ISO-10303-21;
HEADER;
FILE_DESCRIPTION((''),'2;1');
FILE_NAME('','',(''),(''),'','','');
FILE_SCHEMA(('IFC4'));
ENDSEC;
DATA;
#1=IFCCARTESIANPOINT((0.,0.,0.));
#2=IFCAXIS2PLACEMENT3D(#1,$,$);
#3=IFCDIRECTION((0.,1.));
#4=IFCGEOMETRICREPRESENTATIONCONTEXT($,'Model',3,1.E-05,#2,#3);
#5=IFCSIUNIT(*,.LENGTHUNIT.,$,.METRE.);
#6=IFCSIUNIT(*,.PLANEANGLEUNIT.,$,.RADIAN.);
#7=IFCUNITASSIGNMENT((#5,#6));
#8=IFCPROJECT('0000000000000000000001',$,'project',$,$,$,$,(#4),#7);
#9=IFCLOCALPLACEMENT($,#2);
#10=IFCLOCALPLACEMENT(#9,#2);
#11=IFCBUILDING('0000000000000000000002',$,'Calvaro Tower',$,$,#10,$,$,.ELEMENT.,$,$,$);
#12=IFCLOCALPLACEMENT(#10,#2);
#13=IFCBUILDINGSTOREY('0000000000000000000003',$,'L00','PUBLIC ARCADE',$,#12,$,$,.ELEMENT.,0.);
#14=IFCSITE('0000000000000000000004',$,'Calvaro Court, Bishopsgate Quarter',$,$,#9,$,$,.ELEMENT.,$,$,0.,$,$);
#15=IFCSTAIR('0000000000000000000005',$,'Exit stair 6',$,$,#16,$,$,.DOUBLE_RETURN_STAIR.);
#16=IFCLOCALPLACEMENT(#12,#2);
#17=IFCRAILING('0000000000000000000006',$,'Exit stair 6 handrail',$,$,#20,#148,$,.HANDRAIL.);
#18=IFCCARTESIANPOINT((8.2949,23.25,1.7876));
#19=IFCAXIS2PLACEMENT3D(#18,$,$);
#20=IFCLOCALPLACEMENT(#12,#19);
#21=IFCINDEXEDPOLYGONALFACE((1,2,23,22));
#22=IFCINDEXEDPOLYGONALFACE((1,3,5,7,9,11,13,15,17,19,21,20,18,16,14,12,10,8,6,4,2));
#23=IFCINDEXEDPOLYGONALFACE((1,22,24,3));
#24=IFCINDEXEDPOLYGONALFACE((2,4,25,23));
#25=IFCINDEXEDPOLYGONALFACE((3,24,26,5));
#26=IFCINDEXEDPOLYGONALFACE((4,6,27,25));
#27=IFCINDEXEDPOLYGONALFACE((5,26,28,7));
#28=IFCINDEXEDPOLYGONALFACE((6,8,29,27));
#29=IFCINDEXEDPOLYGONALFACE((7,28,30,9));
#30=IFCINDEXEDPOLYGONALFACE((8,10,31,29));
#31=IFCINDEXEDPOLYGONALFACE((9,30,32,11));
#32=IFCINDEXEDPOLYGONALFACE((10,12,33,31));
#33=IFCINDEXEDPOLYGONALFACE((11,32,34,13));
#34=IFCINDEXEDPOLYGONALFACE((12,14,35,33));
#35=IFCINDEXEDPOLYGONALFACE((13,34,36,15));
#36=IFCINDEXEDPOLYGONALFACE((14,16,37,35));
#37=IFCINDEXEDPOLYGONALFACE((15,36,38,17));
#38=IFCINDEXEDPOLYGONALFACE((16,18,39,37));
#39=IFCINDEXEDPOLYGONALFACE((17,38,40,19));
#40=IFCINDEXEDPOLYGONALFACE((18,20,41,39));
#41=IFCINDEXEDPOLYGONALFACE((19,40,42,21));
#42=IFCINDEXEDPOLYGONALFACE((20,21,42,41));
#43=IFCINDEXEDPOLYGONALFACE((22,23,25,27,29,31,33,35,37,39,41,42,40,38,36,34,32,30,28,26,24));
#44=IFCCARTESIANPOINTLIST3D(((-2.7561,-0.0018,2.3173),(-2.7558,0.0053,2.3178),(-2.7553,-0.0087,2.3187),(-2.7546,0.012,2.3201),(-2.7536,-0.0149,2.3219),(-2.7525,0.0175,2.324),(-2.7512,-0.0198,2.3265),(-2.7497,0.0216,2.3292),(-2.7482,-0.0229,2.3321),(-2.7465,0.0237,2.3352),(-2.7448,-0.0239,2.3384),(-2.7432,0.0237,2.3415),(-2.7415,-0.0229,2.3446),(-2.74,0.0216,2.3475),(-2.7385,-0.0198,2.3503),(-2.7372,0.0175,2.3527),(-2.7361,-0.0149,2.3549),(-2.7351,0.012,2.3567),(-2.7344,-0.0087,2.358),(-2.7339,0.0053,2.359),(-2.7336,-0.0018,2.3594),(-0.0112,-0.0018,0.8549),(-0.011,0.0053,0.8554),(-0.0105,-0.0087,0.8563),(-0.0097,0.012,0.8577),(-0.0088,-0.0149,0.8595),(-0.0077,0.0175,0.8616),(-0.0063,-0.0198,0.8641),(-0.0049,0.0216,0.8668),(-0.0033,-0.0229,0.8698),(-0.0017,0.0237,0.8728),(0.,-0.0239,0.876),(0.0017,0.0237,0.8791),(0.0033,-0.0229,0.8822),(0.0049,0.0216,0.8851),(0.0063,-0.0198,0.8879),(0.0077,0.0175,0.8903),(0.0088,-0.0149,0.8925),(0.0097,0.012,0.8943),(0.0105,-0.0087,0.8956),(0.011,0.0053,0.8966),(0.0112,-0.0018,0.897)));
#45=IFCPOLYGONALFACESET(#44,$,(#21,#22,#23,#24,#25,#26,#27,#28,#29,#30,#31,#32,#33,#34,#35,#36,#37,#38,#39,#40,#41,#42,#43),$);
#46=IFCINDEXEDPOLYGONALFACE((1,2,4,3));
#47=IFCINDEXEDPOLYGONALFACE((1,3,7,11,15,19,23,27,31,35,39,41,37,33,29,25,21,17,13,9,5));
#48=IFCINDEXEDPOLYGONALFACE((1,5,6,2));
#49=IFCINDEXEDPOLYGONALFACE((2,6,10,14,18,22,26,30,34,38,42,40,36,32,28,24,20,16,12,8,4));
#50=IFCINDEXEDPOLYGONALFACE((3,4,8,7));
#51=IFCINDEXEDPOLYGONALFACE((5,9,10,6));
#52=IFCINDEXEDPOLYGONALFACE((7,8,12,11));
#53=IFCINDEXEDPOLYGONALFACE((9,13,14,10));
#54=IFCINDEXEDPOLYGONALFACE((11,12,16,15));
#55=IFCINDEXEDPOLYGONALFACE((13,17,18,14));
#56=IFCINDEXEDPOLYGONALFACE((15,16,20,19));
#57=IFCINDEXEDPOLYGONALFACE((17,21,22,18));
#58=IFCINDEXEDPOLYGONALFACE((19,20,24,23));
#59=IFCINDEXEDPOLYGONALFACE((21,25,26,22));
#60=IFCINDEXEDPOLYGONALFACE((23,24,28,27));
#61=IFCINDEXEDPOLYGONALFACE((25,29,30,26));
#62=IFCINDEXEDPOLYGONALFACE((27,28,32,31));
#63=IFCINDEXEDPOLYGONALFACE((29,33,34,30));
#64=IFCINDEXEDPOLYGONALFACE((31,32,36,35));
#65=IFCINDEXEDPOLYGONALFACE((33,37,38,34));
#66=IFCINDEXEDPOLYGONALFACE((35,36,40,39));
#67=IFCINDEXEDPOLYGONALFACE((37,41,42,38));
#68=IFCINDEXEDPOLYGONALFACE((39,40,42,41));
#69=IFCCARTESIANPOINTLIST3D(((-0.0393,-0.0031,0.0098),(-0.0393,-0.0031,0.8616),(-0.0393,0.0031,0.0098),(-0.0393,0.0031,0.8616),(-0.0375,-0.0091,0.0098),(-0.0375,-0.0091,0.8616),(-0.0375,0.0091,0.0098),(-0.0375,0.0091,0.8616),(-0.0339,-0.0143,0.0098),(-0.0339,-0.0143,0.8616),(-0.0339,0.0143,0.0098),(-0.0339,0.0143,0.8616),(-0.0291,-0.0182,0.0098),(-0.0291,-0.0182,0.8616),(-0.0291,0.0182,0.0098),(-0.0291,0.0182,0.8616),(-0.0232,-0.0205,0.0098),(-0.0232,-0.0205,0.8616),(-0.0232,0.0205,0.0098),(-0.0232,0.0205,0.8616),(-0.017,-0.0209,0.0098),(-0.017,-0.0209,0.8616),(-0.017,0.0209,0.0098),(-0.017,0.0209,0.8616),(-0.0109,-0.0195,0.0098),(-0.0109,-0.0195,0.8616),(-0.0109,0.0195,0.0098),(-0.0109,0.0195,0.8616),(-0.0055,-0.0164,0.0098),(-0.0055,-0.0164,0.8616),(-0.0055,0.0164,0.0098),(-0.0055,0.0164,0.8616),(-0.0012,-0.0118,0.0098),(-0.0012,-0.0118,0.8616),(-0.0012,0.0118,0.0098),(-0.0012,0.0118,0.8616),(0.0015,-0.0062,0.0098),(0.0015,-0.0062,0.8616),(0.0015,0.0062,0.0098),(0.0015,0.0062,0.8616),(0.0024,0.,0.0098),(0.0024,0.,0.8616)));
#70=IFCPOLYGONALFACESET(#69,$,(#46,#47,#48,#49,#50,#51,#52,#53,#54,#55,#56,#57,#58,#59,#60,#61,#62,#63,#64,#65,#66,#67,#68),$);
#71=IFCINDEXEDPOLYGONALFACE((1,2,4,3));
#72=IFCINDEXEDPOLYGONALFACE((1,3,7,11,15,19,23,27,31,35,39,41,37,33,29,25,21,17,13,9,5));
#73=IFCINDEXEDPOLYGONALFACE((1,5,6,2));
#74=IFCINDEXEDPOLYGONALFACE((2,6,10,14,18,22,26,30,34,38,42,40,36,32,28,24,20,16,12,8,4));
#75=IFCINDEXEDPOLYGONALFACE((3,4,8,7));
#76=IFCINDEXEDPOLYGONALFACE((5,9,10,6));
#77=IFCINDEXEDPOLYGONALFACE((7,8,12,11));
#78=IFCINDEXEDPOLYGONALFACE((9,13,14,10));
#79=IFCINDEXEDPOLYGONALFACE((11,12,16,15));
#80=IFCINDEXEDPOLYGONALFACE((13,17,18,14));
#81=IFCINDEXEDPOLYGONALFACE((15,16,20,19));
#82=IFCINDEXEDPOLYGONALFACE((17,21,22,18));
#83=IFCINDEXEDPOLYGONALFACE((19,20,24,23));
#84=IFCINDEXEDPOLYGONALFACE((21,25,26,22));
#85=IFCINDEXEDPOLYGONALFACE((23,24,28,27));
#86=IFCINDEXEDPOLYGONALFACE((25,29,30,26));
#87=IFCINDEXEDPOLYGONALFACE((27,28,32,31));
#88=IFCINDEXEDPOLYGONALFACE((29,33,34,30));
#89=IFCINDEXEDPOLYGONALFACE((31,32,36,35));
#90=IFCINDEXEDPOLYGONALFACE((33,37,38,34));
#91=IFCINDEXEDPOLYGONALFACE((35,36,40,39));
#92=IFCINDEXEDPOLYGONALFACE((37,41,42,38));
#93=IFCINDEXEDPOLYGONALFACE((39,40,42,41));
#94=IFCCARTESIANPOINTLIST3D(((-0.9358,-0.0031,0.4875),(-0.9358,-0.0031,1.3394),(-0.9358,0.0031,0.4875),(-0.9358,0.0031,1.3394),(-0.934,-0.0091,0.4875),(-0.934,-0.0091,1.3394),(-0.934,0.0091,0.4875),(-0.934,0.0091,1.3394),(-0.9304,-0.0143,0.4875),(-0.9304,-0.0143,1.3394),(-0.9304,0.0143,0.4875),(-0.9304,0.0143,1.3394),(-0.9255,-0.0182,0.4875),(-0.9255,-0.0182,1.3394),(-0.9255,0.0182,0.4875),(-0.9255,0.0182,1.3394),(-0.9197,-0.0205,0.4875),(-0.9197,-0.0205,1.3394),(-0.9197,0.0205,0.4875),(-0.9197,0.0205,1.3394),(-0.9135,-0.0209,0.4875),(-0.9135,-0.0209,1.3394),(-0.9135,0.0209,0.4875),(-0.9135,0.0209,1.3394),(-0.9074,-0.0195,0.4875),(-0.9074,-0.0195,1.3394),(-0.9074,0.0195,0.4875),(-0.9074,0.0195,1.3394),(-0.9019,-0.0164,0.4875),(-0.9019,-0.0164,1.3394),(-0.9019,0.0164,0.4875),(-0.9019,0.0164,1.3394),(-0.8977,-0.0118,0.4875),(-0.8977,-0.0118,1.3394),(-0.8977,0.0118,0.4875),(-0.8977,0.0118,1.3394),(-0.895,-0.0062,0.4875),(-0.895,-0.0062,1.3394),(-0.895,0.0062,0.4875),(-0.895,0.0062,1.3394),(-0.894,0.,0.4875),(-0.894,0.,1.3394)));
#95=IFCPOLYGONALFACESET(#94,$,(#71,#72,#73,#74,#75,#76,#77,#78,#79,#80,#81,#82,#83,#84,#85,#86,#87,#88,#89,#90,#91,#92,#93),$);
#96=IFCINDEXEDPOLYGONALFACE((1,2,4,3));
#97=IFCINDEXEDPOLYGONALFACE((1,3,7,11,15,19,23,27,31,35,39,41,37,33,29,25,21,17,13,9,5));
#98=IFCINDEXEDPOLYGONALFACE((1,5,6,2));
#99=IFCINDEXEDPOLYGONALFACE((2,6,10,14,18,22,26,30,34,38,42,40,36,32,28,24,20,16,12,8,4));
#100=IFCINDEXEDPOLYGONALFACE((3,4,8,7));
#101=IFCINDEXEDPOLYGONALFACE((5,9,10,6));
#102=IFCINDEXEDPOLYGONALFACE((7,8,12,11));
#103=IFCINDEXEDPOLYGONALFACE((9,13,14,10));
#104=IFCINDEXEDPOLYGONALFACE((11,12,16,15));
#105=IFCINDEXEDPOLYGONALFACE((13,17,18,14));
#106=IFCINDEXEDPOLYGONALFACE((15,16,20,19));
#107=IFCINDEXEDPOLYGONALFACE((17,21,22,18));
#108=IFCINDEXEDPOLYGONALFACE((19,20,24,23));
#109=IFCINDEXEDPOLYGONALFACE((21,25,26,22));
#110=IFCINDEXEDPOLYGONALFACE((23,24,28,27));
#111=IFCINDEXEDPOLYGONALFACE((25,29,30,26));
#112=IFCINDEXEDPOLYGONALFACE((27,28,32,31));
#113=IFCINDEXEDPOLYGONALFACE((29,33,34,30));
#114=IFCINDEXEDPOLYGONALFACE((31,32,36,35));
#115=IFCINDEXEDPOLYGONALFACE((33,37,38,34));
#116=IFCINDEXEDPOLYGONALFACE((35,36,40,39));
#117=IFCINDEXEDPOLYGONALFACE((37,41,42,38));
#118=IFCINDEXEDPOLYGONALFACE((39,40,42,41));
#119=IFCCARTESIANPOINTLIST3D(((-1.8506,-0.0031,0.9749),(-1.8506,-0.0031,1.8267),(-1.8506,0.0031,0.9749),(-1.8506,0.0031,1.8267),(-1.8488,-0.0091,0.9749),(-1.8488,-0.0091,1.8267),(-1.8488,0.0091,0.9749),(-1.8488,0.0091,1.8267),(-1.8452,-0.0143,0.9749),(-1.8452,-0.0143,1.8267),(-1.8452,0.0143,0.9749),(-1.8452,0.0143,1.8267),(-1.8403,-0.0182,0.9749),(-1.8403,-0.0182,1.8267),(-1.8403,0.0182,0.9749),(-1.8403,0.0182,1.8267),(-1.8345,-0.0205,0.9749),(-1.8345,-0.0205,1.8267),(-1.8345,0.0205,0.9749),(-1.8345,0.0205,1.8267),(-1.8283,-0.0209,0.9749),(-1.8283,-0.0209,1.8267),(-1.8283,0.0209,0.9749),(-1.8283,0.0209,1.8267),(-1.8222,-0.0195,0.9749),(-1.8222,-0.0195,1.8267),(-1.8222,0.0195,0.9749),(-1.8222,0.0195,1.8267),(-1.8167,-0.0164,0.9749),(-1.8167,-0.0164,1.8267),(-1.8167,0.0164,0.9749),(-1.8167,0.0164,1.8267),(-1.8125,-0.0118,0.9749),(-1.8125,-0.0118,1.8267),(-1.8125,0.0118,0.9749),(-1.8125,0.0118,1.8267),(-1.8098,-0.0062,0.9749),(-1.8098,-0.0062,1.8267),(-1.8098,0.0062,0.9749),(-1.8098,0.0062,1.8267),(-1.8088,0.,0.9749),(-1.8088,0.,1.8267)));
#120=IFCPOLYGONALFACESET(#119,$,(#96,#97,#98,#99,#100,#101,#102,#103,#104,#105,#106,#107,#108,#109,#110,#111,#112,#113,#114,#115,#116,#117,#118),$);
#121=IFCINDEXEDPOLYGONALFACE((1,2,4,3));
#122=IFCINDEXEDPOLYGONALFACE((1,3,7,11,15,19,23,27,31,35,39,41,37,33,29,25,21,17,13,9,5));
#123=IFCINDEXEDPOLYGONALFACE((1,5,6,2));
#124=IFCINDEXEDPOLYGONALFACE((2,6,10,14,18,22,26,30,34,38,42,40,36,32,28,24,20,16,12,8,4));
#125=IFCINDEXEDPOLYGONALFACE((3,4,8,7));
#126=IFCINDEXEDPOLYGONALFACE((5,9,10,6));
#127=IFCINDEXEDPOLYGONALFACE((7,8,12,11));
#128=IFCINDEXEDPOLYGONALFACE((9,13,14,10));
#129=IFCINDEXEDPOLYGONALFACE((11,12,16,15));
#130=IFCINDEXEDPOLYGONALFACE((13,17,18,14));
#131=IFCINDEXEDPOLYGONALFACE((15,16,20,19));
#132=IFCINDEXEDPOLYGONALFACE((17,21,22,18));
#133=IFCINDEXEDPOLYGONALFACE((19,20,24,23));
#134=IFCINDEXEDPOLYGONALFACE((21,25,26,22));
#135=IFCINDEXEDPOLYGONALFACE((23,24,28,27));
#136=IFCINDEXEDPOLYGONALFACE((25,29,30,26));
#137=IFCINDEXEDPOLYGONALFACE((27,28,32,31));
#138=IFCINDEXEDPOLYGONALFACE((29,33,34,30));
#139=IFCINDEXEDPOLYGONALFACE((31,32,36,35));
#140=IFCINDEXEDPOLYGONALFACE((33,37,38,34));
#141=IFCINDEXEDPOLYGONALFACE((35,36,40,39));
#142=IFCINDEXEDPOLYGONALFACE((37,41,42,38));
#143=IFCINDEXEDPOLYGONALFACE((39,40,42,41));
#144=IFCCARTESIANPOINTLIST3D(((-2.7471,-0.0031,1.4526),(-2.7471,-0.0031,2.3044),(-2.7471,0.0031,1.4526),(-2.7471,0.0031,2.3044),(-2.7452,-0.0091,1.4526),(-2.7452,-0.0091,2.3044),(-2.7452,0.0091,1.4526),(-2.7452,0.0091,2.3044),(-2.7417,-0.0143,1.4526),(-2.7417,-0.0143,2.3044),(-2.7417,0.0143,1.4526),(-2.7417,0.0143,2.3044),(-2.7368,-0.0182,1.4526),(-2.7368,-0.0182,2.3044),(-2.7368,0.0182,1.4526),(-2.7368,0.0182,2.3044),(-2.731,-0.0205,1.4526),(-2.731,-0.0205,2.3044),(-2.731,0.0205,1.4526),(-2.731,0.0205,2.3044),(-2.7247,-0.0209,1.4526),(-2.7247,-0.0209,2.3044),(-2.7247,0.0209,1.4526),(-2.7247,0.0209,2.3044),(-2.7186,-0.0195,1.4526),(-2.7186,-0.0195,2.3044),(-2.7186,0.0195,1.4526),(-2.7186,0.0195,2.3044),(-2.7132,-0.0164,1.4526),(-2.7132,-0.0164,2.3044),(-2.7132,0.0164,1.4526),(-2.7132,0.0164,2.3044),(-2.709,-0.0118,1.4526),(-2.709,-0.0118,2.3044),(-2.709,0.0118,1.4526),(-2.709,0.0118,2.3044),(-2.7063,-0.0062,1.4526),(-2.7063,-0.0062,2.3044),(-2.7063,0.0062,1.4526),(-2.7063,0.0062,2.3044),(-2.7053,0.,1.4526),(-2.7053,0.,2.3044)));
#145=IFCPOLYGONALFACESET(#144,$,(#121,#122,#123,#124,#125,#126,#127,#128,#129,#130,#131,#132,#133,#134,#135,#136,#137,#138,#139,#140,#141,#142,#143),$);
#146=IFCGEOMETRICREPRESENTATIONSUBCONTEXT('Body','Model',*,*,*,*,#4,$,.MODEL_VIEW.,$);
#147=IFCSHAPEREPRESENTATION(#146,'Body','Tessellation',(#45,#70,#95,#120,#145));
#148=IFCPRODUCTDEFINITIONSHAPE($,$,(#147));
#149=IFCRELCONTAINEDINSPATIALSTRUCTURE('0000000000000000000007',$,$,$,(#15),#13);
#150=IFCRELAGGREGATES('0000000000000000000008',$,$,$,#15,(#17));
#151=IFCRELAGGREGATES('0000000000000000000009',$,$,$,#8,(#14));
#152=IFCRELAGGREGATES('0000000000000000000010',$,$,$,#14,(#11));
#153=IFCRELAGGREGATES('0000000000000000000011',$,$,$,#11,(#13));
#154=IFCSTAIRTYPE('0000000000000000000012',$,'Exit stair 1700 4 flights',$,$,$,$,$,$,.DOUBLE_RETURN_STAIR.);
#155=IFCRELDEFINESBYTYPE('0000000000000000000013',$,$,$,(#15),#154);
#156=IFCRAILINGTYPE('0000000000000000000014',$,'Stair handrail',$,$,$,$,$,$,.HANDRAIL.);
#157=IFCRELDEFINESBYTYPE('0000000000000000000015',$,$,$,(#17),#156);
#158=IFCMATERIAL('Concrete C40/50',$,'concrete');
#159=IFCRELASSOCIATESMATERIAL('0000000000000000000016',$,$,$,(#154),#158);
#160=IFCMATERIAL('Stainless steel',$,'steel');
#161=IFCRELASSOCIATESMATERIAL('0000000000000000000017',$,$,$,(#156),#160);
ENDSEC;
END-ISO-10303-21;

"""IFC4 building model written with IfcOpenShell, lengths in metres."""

from ifc_helpers import new_model, si_unit, direction, frame, origin, origin_2d, place, context, subcontext, project, spatial, circle, extrude, material, type_object, element, aggregate, save


model = new_model("IFC4")

# Units and contexts
model_context = context("Model", 3, precision=1e-05, world=origin(), true_north=direction((0.0, 1.0)))
body_context = subcontext(model_context, "Body", "Model", "MODEL_VIEW")
ifc_project = project(units=[si_unit("LENGTHUNIT", "METRE"), si_unit("PLANEANGLEUNIT", "RADIAN")], contexts=[model_context])

# Site, building, storey
site_placement = place(None, origin())
site = spatial("IfcSite", under=ifc_project, at=site_placement, Name="Calvaro Court, Bishopsgate Quarter", CompositionType="ELEMENT", RefElevation=0.0)
building_placement = place(site_placement, origin())
building = spatial("IfcBuilding", under=site, at=building_placement, Name="Calvaro Tower", CompositionType="ELEMENT")
storey_placement = place(building_placement, origin())
storey = spatial("IfcBuildingStorey", under=building, at=storey_placement, Name="L00", Description="PUBLIC ARCADE", CompositionType="ELEMENT", Elevation=0.0)

# Stair, railing
ifc_material_1 = material(Name="Concrete C40/50", Category="concrete")
stair_type = type_object("IfcStairType", Name="Exit stair 1700 4 flights", PredefinedType="DOUBLE_RETURN_STAIR", material=ifc_material_1)
stair_placement = place(storey_placement, origin())
stair = element("IfcStair", 1, at=stair_placement, inside=storey, type_object=stair_type, Name="Exit stair 6", PredefinedType="DOUBLE_RETURN_STAIR")
ifc_material_2 = material(Name="Stainless steel", Category="steel")
railing_type = type_object("IfcRailingType", Name="Stair handrail", PredefinedType="HANDRAIL", material=ifc_material_2)
railing_1_placement = place(storey_placement, frame((8.2949, 23.25, 1.7876)))
railing_1 = element("IfcRailing", 2, at=railing_1_placement, type_object=railing_type, Name="Exit stair 6 handrail", PredefinedType="HANDRAIL", context=body_context, shape_type="SweptSolid", body=[
    extrude(circle(Radius=0.0239, at=origin_2d()), frame((0.0, 0.0, 0.876), z_axis=(-0.882557, 0.0, 0.470205), x_axis=(0.0, -1.0, 0.0)), (0.0, 0.0, 1.0), 3.1101),
    extrude(circle(Radius=0.021, at=origin_2d()), frame((-0.0186, 0.0, 0.0098)), (0.0, 0.0, 1.0), 0.8518),
    extrude(circle(Radius=0.021, at=origin_2d()), frame((-0.915, 0.0, 0.4875)), (0.0, 0.0, 1.0), 0.8518),
    extrude(circle(Radius=0.021, at=origin_2d()), frame((-1.8298, 0.0, 0.9749)), (0.0, 0.0, 1.0), 0.8518),
    extrude(circle(Radius=0.021, at=origin_2d()), frame((-2.7263, 0.0, 1.4526)), (0.0, 0.0, 1.0), 0.8518),
])
aggregate(stair, [railing_1])

save(model, "model.ifc")
